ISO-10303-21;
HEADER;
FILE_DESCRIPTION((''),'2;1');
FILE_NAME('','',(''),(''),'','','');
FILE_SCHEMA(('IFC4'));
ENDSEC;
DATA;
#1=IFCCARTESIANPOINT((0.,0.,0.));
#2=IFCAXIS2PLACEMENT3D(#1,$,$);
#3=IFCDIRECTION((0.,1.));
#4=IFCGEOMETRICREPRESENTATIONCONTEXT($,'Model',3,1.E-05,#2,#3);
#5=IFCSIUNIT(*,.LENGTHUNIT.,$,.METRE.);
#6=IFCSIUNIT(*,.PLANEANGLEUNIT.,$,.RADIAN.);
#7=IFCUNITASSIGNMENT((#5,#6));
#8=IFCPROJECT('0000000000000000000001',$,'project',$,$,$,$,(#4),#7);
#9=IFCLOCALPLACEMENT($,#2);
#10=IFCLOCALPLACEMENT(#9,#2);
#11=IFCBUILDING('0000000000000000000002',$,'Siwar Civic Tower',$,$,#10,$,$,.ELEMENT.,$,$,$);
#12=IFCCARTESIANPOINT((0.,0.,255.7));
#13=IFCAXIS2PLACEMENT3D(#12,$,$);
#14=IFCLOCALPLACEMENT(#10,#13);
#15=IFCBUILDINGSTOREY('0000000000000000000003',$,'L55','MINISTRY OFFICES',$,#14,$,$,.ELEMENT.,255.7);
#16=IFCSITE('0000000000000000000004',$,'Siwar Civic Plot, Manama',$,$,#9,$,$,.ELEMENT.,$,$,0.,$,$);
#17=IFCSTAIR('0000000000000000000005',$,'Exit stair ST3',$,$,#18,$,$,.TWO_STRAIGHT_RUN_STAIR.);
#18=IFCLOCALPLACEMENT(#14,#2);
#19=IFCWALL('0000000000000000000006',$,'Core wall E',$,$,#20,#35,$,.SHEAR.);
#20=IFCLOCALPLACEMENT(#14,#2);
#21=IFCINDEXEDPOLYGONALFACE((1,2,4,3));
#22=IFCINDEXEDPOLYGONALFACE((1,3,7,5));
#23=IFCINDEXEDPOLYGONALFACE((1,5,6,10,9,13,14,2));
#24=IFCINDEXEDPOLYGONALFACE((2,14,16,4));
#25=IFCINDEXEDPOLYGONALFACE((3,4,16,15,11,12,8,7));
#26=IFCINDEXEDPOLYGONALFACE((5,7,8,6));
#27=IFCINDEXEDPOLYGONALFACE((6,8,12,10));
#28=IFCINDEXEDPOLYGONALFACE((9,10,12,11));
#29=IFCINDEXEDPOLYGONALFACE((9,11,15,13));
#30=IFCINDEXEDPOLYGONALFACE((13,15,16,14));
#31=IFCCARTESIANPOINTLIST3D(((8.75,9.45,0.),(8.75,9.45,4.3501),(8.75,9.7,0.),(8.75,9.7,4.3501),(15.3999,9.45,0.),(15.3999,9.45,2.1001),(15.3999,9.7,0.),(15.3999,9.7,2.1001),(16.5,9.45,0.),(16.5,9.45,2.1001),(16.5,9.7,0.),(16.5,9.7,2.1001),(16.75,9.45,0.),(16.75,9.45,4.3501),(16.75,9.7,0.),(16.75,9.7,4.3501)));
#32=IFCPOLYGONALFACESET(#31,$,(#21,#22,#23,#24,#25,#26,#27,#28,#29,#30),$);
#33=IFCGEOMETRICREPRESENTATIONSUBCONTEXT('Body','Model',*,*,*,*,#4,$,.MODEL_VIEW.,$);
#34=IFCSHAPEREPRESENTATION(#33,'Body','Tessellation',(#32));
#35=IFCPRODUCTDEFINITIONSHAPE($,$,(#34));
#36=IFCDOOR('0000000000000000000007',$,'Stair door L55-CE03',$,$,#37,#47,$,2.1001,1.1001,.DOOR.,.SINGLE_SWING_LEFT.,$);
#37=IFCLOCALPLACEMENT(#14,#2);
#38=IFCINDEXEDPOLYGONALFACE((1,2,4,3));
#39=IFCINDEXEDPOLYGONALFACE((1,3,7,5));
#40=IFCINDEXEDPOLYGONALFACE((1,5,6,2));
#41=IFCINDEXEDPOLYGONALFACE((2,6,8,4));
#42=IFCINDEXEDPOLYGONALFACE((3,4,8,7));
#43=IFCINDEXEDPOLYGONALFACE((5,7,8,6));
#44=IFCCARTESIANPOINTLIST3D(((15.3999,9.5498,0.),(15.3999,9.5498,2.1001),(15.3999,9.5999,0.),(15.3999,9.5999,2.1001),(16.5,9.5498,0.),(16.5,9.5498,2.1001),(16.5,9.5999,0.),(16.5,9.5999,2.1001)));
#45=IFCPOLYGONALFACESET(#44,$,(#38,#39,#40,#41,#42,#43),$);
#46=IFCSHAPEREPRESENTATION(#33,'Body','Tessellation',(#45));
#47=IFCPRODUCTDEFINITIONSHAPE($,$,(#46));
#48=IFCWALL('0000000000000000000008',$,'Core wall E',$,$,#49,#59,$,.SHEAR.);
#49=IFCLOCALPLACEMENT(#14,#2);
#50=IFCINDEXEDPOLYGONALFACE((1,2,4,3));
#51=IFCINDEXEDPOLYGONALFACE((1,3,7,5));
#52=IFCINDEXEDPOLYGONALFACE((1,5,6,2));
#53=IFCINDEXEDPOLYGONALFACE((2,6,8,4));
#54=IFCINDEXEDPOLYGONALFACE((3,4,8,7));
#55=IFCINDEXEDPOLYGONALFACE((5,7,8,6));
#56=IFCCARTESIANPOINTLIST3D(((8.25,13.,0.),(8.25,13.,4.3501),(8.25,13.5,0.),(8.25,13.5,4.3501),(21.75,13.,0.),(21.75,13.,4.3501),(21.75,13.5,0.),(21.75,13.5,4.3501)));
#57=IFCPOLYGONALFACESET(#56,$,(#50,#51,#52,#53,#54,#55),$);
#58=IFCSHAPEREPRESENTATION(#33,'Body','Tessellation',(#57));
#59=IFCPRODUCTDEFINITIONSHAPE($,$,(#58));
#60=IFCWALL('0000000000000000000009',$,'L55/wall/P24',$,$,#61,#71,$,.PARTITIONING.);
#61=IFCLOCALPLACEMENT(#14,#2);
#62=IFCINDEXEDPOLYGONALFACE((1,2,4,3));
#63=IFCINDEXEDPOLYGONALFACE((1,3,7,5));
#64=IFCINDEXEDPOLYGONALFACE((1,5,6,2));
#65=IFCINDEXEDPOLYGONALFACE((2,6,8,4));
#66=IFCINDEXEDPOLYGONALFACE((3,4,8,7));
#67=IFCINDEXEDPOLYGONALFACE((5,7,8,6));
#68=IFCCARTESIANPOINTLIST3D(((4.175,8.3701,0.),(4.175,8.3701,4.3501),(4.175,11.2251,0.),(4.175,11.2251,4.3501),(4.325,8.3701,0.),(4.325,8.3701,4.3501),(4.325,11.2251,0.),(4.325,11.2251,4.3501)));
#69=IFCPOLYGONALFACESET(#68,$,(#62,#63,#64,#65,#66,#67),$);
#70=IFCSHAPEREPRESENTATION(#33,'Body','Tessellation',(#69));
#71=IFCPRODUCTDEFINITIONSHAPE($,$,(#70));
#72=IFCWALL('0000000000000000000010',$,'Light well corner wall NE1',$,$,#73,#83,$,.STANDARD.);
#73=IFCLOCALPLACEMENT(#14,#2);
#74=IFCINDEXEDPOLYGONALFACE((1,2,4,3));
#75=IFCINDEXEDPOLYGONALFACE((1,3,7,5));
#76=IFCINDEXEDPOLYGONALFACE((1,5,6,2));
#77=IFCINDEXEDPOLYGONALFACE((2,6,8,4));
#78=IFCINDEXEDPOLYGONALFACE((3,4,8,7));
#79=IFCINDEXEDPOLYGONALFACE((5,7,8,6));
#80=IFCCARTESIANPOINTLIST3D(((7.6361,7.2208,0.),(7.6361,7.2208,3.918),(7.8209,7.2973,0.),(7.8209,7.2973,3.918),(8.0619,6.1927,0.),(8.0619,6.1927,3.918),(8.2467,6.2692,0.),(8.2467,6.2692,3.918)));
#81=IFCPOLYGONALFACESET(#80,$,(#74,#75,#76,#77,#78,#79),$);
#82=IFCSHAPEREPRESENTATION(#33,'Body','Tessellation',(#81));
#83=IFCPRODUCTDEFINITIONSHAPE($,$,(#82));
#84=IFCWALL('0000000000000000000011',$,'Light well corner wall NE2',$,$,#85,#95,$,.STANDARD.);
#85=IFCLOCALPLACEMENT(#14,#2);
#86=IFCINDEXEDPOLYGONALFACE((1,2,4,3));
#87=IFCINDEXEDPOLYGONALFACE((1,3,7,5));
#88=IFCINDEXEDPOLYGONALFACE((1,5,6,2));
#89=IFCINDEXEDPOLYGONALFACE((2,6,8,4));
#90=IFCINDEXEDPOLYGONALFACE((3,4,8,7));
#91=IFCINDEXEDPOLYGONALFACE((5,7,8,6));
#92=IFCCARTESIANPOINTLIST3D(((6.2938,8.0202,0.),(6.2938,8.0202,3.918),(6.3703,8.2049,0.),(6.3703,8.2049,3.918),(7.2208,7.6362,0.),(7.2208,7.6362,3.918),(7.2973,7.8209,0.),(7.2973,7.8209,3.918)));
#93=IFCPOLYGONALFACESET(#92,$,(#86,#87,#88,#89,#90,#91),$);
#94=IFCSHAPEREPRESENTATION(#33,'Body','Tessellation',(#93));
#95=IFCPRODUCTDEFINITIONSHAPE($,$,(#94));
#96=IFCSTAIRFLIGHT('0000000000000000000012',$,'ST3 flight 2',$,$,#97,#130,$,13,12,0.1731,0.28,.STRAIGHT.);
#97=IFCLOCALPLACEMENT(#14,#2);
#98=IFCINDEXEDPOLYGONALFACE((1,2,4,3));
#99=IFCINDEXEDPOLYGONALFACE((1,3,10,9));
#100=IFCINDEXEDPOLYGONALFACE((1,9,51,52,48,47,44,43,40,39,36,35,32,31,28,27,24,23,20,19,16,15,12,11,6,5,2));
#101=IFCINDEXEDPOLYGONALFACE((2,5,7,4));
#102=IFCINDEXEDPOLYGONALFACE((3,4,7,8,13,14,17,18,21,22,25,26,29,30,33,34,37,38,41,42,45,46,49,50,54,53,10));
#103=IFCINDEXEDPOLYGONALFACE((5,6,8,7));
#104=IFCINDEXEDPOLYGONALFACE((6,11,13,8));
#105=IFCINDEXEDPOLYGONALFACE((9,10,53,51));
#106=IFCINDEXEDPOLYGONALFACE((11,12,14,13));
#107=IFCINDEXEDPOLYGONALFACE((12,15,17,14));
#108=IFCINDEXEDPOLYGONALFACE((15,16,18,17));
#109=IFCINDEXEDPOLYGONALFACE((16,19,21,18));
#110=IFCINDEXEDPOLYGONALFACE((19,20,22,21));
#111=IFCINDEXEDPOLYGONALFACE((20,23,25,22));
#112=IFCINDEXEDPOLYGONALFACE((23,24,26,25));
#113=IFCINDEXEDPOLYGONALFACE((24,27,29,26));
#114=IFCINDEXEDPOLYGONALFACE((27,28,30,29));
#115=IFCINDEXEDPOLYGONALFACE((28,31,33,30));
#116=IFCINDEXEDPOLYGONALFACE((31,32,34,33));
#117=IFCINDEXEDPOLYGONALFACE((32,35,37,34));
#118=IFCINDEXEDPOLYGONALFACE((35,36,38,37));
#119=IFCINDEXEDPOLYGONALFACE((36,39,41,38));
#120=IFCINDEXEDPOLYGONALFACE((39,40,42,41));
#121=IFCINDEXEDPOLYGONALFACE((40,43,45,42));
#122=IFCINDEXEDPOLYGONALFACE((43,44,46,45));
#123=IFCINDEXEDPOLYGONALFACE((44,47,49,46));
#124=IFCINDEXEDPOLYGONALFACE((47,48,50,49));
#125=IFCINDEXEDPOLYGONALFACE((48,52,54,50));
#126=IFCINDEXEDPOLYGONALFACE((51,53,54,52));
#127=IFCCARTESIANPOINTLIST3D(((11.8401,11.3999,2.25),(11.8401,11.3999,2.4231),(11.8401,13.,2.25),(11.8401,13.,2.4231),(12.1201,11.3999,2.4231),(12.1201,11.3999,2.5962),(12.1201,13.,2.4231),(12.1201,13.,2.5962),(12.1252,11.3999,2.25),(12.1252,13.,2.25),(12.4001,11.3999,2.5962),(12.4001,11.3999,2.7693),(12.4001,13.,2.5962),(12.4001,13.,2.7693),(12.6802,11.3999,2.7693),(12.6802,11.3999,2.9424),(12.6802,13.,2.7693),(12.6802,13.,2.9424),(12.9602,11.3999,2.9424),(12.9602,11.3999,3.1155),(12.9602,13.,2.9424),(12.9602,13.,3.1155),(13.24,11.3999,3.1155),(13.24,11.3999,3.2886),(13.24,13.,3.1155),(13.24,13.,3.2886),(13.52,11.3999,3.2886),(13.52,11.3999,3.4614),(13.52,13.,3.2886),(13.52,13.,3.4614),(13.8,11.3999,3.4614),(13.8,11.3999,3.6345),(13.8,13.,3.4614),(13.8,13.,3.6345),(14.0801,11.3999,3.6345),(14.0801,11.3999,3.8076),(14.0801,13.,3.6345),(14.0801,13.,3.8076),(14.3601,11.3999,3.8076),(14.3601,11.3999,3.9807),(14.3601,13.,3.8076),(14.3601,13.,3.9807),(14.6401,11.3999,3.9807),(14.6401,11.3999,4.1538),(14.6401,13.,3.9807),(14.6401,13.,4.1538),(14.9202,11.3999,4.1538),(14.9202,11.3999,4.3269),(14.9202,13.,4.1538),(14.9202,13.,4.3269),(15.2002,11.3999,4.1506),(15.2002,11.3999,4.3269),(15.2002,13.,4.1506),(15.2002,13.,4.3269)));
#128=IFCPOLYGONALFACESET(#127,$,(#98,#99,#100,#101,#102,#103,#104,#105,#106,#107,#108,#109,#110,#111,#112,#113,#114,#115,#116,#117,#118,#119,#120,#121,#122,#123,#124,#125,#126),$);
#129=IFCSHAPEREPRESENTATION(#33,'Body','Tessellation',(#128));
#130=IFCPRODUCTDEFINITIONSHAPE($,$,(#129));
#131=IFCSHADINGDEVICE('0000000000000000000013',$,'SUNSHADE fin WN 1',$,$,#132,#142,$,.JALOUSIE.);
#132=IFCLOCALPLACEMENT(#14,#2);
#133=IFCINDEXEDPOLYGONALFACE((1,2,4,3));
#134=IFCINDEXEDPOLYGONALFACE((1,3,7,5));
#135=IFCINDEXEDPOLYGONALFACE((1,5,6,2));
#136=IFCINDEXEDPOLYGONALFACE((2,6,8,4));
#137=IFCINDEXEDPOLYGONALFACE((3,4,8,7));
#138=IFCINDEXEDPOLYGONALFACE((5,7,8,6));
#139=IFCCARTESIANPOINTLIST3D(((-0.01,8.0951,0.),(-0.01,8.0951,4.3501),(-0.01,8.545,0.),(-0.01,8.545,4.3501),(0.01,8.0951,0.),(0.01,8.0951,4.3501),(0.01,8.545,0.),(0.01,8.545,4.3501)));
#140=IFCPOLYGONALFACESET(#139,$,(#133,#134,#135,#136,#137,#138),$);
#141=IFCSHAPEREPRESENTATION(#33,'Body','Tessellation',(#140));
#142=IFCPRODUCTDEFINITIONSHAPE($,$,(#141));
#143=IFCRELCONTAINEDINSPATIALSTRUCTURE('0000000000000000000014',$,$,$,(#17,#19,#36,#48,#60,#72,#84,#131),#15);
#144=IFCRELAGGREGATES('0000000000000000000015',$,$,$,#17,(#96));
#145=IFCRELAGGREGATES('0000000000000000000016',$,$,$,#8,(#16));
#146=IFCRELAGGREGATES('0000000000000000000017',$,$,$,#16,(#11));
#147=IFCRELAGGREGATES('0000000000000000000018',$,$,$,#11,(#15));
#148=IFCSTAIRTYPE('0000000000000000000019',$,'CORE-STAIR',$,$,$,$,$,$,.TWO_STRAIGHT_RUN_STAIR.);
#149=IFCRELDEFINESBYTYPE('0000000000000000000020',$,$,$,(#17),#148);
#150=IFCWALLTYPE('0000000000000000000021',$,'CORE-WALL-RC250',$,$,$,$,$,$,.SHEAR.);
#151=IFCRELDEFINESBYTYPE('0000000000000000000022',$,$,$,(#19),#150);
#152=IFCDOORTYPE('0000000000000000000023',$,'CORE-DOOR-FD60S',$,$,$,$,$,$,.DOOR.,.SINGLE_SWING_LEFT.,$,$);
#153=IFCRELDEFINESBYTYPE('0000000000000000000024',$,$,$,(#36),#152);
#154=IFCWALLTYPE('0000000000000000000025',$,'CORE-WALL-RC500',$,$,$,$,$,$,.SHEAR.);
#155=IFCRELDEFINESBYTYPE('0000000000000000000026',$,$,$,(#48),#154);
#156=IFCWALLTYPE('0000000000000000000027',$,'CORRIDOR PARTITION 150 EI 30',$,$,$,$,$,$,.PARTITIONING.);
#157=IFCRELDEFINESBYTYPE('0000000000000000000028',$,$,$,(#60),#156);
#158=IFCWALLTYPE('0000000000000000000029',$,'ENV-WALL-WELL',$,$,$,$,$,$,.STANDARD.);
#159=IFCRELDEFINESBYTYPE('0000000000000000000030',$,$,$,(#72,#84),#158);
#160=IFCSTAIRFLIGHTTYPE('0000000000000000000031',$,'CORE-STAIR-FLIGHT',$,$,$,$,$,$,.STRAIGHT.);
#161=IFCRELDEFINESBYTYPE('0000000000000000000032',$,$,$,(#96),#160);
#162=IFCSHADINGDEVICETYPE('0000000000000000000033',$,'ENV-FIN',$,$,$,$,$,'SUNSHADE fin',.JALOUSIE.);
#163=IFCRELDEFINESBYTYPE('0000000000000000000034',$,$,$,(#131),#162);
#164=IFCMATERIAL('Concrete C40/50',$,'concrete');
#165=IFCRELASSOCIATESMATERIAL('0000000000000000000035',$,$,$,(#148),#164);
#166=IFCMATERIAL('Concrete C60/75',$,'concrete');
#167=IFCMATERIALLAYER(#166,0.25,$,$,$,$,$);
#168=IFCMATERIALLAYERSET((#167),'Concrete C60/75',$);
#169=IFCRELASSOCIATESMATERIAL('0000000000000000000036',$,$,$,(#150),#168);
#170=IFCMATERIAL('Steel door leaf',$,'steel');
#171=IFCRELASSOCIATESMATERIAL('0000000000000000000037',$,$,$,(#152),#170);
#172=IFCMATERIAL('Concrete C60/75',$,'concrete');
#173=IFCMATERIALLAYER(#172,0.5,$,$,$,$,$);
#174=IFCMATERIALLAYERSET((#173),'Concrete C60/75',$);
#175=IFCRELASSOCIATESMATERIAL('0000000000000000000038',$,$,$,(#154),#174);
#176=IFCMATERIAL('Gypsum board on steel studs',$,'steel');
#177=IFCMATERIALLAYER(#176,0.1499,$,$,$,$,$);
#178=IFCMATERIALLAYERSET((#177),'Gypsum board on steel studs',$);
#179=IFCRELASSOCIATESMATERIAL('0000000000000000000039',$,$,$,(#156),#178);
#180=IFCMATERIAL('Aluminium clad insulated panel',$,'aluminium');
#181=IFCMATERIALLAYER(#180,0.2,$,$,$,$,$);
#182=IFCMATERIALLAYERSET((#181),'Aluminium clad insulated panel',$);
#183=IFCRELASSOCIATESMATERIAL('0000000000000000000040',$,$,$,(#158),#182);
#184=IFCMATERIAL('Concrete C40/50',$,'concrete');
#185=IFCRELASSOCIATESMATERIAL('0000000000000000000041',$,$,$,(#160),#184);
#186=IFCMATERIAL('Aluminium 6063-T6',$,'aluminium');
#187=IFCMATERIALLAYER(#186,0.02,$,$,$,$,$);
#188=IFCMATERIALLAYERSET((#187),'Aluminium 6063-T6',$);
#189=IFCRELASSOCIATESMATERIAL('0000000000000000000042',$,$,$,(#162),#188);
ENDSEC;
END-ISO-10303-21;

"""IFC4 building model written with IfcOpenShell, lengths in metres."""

from ifc_helpers import new_model, si_unit, direction, frame, frame_2d, origin, origin_2d, place, context, subcontext, project, spatial, polyline, rectangle, outline, extrude, material, layer, layer_set, type_object, element, fill, aggregate, save


model = new_model("IFC4")

# Units and contexts
model_context = context("Model", 3, precision=1e-05, world=origin(), true_north=direction((0.0, 1.0)))
body_context = subcontext(model_context, "Body", "Model", "MODEL_VIEW")
ifc_project = project(units=[si_unit("LENGTHUNIT", "METRE"), si_unit("PLANEANGLEUNIT", "RADIAN")], contexts=[model_context])

# Site, building, storey
site_placement = place(None, origin())
site = spatial("IfcSite", under=ifc_project, at=site_placement, Name="Siwar Civic Plot, Manama", CompositionType="ELEMENT", RefElevation=0.0)
building_placement = place(site_placement, origin())
building = spatial("IfcBuilding", under=site, at=building_placement, Name="Siwar Civic Tower", CompositionType="ELEMENT")
storey_placement = place(building_placement, frame((0.0, 0.0, 255.7)))
storey = spatial("IfcBuildingStorey", under=building, at=storey_placement, Name="L55", Description="MINISTRY OFFICES", CompositionType="ELEMENT", Elevation=255.7)

# Stair
ifc_material_1 = material(Name="Concrete C40/50", Category="concrete")
stair_type = type_object("IfcStairType", Name="CORE-STAIR", PredefinedType="TWO_STRAIGHT_RUN_STAIR", material=ifc_material_1)
stair_1_placement = place(storey_placement, origin())
stair_1 = element("IfcStair", 1, at=stair_1_placement, inside=storey, type_object=stair_type, Name="Exit stair ST3", PredefinedType="TWO_STRAIGHT_RUN_STAIR")

# Shared definitions
ifc_material_2 = material(Name="Concrete C60/75", Category="concrete")
ifc_layer_1 = layer(ifc_material_2, 0.25)
ifc_layer_set_1 = layer_set([ifc_layer_1], Name="Concrete C60/75")
wall_type_1 = type_object("IfcWallType", Name="CORE-WALL-RC250", PredefinedType="SHEAR", material=ifc_layer_set_1)

# Wall, opening, door
wall_1_placement = place(storey_placement, frame((8.75, 9.575, 0.0), z_axis=(0.0, 0.0, 1.0), x_axis=(1.0, 0.0, 0.0)))
wall_1 = element("IfcWall", 2, at=wall_1_placement, inside=storey, type_object=wall_type_1, Name="Core wall E", PredefinedType="SHEAR", context=body_context, shape_type="SweptSolid", body=[
    extrude(rectangle(XDim=8.0, YDim=0.25, at=frame_2d((4.0, 0.0))), origin(), (0.0, 0.0, 1.0), 4.3501),
])
opening_1_placement = place(wall_1_placement, frame((6.6499, 0.0, 0.0)))
opening_1 = element("IfcOpeningElement", 3, at=opening_1_placement, cuts=wall_1, PredefinedType="OPENING", context=body_context, shape_type="SweptSolid", body=[
    extrude(rectangle(XDim=1.1001, YDim=2.1001, at=frame_2d((0.55, 1.05))), frame((0.0, 0.135, 0.0), z_axis=(0.0, -1.0, 0.0), x_axis=(1.0, 0.0, 0.0)), (0.0, 0.0, 1.0), 0.27),
])
ifc_material_3 = material(Name="Steel door leaf", Category="steel")
door_type_1 = type_object("IfcDoorType", Name="CORE-DOOR-FD60S", OperationType="SINGLE_SWING_LEFT", PredefinedType="DOOR", material=ifc_material_3)
door_1_placement = place(opening_1_placement, origin())
door_1 = element("IfcDoor", 4, at=door_1_placement, inside=storey, type_object=door_type_1, Name="Stair door L55-CE03", OperationType="SINGLE_SWING_LEFT", OverallHeight=2.1001, OverallWidth=1.1001, PredefinedType="DOOR", context=body_context, shape_type="SweptSolid", body=[
    extrude(rectangle(XDim=1.1001, YDim=2.1001, at=frame_2d((0.55, 1.05))), frame((0.0, 0.0249, 0.0), z_axis=(0.0, -1.0, 0.0), x_axis=(1.0, 0.0, 0.0)), (0.0, 0.0, 1.0), 0.05),
])
fill(opening_1, door_1)

# Walls
ifc_material_4 = material(Name="Concrete C60/75", Category="concrete")
ifc_layer_2 = layer(ifc_material_4, 0.5)
ifc_layer_set_2 = layer_set([ifc_layer_2], Name="Concrete C60/75")
wall_type_2 = type_object("IfcWallType", Name="CORE-WALL-RC500", PredefinedType="SHEAR", material=ifc_layer_set_2)
wall_2_placement = place(storey_placement, frame((8.25, 13.25, 0.0), z_axis=(0.0, 0.0, 1.0), x_axis=(1.0, 0.0, 0.0)))
element("IfcWall", 5, at=wall_2_placement, inside=storey, type_object=wall_type_2, Name="Core wall E", PredefinedType="SHEAR", context=body_context, shape_type="SweptSolid", body=[
    extrude(rectangle(XDim=13.5, YDim=0.5, at=frame_2d((6.75, 0.0))), origin(), (0.0, 0.0, 1.0), 4.3501),
])
ifc_material_5 = material(Name="Gypsum board on steel studs", Category="steel")
ifc_layer_3 = layer(ifc_material_5, 0.1499)
ifc_layer_set_3 = layer_set([ifc_layer_3], Name="Gypsum board on steel studs")
wall_type_3 = type_object("IfcWallType", Name="CORRIDOR PARTITION 150 EI 30", PredefinedType="PARTITIONING", material=ifc_layer_set_3)
wall_3_placement = place(storey_placement, frame((4.25, 8.3701, 0.0), z_axis=(0.0, 0.0, 1.0), x_axis=(0.0, 1.0, 0.0)))
element("IfcWall", 6, at=wall_3_placement, inside=storey, type_object=wall_type_3, Name="L55/wall/P24", PredefinedType="PARTITIONING", context=body_context, shape_type="SweptSolid", body=[
    extrude(rectangle(XDim=2.855, YDim=0.1499, at=frame_2d((1.4275, 0.0))), origin(), (0.0, 0.0, 1.0), 4.3501),
])
ifc_material_6 = material(Name="Aluminium clad insulated panel", Category="aluminium")
ifc_layer_4 = layer(ifc_material_6, 0.2)
ifc_layer_set_4 = layer_set([ifc_layer_4], Name="Aluminium clad insulated panel")
wall_type_4 = type_object("IfcWallType", Name="ENV-WALL-WELL", PredefinedType="STANDARD", material=ifc_layer_set_4)
wall_4_placement = place(storey_placement, frame((8.1543, 6.231, 0.0), z_axis=(0.0, 0.0, 1.0), x_axis=(-0.382636, 0.923899, 0.0)))
element("IfcWall", 7, at=wall_4_placement, inside=storey, type_object=wall_type_4, Name="Light well corner wall NE1", PredefinedType="STANDARD", context=body_context, shape_type="SweptSolid", body=[
    extrude(rectangle(XDim=1.1128, YDim=0.2, at=frame_2d((0.5564, 0.0))), origin(), (0.0, 0.0, 1.0), 3.918),
])
wall_5_placement = place(storey_placement, frame((7.259, 7.7285, 0.0), z_axis=(0.0, 0.0, 1.0), x_axis=(-0.92386, 0.382731, 0.0)))
element("IfcWall", 8, at=wall_5_placement, inside=storey, type_object=wall_type_4, Name="Light well corner wall NE2", PredefinedType="STANDARD", context=body_context, shape_type="SweptSolid", body=[
    extrude(rectangle(XDim=1.0034, YDim=0.2, at=frame_2d((0.5017, 0.0))), origin(), (0.0, 0.0, 1.0), 3.918),
])

# Stair flight
ifc_material_7 = material(Name="Concrete C40/50", Category="concrete")
stair_flight_type = type_object("IfcStairFlightType", Name="CORE-STAIR-FLIGHT", PredefinedType="STRAIGHT", material=ifc_material_7)
stair_flight_placement = place(storey_placement, frame((11.8401, 12.2, 2.25), z_axis=(0.0, 0.0, 1.0), x_axis=(1.0, 0.0, 0.0)))
stair_flight = element("IfcStairFlight", 9, at=stair_flight_placement, type_object=stair_flight_type, Name="ST3 flight 2", NumberOfRisers=13, NumberOfTreads=12, PredefinedType="STRAIGHT", RiserHeight=0.1731, TreadLength=0.28, context=body_context, shape_type="SweptSolid", body=[
    extrude(outline(polyline([(0.0, 0.0), (0.0, 0.1731), (0.28, 0.1731), (0.28, 0.3462), (0.5601, 0.3462), (0.5601, 0.5193), (0.8401, 0.5193), (0.8401, 0.6924), (1.1201, 0.6924), (1.1201, 0.8655), (1.3999, 0.8655), (1.3999, 1.0386), (1.6799, 1.0386), (1.6799, 1.2114), (1.96, 1.2114), (1.96, 1.3845), (2.24, 1.3845), (2.24, 1.5576), (2.52, 1.5576), (2.52, 1.7307), (2.8, 1.7307), (2.8, 1.9038), (3.0801, 1.9038), (3.0801, 2.0769), (3.3601, 2.0769), (3.3601, 2.25), (3.3601, 1.9006), (0.2852, 0.0), (0.0, 0.0)])), frame((0.0, 0.8, 0.0), z_axis=(0.0, -1.0, 0.0), x_axis=(1.0, 0.0, 0.0)), (0.0, 0.0, 1.0), 1.6001),
])
aggregate(stair_1, [stair_flight])

# Shading device
ifc_material_8 = material(Name="Aluminium 6063-T6", Category="aluminium")
ifc_layer_5 = layer(ifc_material_8, 0.02)
ifc_layer_set_5 = layer_set([ifc_layer_5], Name="Aluminium 6063-T6")
shading_device_type = type_object("IfcShadingDeviceType", Name="ENV-FIN", ElementType="SUNSHADE fin", PredefinedType="JALOUSIE", material=ifc_layer_set_5)
shading_device_placement = place(storey_placement, frame((0.0, 8.3201, 0.0), z_axis=(0.0, 0.0, 1.0), x_axis=(-1.0, 0.0, 0.0)))
element("IfcShadingDevice", 10, at=shading_device_placement, inside=storey, type_object=shading_device_type, Name="SUNSHADE fin WN 1", PredefinedType="JALOUSIE", context=body_context, shape_type="SweptSolid", body=[
    extrude(rectangle(XDim=0.02, YDim=0.45, at=origin_2d()), origin(), (0.0, 0.0, 1.0), 4.3501),
])

save(model, "model.ifc")
